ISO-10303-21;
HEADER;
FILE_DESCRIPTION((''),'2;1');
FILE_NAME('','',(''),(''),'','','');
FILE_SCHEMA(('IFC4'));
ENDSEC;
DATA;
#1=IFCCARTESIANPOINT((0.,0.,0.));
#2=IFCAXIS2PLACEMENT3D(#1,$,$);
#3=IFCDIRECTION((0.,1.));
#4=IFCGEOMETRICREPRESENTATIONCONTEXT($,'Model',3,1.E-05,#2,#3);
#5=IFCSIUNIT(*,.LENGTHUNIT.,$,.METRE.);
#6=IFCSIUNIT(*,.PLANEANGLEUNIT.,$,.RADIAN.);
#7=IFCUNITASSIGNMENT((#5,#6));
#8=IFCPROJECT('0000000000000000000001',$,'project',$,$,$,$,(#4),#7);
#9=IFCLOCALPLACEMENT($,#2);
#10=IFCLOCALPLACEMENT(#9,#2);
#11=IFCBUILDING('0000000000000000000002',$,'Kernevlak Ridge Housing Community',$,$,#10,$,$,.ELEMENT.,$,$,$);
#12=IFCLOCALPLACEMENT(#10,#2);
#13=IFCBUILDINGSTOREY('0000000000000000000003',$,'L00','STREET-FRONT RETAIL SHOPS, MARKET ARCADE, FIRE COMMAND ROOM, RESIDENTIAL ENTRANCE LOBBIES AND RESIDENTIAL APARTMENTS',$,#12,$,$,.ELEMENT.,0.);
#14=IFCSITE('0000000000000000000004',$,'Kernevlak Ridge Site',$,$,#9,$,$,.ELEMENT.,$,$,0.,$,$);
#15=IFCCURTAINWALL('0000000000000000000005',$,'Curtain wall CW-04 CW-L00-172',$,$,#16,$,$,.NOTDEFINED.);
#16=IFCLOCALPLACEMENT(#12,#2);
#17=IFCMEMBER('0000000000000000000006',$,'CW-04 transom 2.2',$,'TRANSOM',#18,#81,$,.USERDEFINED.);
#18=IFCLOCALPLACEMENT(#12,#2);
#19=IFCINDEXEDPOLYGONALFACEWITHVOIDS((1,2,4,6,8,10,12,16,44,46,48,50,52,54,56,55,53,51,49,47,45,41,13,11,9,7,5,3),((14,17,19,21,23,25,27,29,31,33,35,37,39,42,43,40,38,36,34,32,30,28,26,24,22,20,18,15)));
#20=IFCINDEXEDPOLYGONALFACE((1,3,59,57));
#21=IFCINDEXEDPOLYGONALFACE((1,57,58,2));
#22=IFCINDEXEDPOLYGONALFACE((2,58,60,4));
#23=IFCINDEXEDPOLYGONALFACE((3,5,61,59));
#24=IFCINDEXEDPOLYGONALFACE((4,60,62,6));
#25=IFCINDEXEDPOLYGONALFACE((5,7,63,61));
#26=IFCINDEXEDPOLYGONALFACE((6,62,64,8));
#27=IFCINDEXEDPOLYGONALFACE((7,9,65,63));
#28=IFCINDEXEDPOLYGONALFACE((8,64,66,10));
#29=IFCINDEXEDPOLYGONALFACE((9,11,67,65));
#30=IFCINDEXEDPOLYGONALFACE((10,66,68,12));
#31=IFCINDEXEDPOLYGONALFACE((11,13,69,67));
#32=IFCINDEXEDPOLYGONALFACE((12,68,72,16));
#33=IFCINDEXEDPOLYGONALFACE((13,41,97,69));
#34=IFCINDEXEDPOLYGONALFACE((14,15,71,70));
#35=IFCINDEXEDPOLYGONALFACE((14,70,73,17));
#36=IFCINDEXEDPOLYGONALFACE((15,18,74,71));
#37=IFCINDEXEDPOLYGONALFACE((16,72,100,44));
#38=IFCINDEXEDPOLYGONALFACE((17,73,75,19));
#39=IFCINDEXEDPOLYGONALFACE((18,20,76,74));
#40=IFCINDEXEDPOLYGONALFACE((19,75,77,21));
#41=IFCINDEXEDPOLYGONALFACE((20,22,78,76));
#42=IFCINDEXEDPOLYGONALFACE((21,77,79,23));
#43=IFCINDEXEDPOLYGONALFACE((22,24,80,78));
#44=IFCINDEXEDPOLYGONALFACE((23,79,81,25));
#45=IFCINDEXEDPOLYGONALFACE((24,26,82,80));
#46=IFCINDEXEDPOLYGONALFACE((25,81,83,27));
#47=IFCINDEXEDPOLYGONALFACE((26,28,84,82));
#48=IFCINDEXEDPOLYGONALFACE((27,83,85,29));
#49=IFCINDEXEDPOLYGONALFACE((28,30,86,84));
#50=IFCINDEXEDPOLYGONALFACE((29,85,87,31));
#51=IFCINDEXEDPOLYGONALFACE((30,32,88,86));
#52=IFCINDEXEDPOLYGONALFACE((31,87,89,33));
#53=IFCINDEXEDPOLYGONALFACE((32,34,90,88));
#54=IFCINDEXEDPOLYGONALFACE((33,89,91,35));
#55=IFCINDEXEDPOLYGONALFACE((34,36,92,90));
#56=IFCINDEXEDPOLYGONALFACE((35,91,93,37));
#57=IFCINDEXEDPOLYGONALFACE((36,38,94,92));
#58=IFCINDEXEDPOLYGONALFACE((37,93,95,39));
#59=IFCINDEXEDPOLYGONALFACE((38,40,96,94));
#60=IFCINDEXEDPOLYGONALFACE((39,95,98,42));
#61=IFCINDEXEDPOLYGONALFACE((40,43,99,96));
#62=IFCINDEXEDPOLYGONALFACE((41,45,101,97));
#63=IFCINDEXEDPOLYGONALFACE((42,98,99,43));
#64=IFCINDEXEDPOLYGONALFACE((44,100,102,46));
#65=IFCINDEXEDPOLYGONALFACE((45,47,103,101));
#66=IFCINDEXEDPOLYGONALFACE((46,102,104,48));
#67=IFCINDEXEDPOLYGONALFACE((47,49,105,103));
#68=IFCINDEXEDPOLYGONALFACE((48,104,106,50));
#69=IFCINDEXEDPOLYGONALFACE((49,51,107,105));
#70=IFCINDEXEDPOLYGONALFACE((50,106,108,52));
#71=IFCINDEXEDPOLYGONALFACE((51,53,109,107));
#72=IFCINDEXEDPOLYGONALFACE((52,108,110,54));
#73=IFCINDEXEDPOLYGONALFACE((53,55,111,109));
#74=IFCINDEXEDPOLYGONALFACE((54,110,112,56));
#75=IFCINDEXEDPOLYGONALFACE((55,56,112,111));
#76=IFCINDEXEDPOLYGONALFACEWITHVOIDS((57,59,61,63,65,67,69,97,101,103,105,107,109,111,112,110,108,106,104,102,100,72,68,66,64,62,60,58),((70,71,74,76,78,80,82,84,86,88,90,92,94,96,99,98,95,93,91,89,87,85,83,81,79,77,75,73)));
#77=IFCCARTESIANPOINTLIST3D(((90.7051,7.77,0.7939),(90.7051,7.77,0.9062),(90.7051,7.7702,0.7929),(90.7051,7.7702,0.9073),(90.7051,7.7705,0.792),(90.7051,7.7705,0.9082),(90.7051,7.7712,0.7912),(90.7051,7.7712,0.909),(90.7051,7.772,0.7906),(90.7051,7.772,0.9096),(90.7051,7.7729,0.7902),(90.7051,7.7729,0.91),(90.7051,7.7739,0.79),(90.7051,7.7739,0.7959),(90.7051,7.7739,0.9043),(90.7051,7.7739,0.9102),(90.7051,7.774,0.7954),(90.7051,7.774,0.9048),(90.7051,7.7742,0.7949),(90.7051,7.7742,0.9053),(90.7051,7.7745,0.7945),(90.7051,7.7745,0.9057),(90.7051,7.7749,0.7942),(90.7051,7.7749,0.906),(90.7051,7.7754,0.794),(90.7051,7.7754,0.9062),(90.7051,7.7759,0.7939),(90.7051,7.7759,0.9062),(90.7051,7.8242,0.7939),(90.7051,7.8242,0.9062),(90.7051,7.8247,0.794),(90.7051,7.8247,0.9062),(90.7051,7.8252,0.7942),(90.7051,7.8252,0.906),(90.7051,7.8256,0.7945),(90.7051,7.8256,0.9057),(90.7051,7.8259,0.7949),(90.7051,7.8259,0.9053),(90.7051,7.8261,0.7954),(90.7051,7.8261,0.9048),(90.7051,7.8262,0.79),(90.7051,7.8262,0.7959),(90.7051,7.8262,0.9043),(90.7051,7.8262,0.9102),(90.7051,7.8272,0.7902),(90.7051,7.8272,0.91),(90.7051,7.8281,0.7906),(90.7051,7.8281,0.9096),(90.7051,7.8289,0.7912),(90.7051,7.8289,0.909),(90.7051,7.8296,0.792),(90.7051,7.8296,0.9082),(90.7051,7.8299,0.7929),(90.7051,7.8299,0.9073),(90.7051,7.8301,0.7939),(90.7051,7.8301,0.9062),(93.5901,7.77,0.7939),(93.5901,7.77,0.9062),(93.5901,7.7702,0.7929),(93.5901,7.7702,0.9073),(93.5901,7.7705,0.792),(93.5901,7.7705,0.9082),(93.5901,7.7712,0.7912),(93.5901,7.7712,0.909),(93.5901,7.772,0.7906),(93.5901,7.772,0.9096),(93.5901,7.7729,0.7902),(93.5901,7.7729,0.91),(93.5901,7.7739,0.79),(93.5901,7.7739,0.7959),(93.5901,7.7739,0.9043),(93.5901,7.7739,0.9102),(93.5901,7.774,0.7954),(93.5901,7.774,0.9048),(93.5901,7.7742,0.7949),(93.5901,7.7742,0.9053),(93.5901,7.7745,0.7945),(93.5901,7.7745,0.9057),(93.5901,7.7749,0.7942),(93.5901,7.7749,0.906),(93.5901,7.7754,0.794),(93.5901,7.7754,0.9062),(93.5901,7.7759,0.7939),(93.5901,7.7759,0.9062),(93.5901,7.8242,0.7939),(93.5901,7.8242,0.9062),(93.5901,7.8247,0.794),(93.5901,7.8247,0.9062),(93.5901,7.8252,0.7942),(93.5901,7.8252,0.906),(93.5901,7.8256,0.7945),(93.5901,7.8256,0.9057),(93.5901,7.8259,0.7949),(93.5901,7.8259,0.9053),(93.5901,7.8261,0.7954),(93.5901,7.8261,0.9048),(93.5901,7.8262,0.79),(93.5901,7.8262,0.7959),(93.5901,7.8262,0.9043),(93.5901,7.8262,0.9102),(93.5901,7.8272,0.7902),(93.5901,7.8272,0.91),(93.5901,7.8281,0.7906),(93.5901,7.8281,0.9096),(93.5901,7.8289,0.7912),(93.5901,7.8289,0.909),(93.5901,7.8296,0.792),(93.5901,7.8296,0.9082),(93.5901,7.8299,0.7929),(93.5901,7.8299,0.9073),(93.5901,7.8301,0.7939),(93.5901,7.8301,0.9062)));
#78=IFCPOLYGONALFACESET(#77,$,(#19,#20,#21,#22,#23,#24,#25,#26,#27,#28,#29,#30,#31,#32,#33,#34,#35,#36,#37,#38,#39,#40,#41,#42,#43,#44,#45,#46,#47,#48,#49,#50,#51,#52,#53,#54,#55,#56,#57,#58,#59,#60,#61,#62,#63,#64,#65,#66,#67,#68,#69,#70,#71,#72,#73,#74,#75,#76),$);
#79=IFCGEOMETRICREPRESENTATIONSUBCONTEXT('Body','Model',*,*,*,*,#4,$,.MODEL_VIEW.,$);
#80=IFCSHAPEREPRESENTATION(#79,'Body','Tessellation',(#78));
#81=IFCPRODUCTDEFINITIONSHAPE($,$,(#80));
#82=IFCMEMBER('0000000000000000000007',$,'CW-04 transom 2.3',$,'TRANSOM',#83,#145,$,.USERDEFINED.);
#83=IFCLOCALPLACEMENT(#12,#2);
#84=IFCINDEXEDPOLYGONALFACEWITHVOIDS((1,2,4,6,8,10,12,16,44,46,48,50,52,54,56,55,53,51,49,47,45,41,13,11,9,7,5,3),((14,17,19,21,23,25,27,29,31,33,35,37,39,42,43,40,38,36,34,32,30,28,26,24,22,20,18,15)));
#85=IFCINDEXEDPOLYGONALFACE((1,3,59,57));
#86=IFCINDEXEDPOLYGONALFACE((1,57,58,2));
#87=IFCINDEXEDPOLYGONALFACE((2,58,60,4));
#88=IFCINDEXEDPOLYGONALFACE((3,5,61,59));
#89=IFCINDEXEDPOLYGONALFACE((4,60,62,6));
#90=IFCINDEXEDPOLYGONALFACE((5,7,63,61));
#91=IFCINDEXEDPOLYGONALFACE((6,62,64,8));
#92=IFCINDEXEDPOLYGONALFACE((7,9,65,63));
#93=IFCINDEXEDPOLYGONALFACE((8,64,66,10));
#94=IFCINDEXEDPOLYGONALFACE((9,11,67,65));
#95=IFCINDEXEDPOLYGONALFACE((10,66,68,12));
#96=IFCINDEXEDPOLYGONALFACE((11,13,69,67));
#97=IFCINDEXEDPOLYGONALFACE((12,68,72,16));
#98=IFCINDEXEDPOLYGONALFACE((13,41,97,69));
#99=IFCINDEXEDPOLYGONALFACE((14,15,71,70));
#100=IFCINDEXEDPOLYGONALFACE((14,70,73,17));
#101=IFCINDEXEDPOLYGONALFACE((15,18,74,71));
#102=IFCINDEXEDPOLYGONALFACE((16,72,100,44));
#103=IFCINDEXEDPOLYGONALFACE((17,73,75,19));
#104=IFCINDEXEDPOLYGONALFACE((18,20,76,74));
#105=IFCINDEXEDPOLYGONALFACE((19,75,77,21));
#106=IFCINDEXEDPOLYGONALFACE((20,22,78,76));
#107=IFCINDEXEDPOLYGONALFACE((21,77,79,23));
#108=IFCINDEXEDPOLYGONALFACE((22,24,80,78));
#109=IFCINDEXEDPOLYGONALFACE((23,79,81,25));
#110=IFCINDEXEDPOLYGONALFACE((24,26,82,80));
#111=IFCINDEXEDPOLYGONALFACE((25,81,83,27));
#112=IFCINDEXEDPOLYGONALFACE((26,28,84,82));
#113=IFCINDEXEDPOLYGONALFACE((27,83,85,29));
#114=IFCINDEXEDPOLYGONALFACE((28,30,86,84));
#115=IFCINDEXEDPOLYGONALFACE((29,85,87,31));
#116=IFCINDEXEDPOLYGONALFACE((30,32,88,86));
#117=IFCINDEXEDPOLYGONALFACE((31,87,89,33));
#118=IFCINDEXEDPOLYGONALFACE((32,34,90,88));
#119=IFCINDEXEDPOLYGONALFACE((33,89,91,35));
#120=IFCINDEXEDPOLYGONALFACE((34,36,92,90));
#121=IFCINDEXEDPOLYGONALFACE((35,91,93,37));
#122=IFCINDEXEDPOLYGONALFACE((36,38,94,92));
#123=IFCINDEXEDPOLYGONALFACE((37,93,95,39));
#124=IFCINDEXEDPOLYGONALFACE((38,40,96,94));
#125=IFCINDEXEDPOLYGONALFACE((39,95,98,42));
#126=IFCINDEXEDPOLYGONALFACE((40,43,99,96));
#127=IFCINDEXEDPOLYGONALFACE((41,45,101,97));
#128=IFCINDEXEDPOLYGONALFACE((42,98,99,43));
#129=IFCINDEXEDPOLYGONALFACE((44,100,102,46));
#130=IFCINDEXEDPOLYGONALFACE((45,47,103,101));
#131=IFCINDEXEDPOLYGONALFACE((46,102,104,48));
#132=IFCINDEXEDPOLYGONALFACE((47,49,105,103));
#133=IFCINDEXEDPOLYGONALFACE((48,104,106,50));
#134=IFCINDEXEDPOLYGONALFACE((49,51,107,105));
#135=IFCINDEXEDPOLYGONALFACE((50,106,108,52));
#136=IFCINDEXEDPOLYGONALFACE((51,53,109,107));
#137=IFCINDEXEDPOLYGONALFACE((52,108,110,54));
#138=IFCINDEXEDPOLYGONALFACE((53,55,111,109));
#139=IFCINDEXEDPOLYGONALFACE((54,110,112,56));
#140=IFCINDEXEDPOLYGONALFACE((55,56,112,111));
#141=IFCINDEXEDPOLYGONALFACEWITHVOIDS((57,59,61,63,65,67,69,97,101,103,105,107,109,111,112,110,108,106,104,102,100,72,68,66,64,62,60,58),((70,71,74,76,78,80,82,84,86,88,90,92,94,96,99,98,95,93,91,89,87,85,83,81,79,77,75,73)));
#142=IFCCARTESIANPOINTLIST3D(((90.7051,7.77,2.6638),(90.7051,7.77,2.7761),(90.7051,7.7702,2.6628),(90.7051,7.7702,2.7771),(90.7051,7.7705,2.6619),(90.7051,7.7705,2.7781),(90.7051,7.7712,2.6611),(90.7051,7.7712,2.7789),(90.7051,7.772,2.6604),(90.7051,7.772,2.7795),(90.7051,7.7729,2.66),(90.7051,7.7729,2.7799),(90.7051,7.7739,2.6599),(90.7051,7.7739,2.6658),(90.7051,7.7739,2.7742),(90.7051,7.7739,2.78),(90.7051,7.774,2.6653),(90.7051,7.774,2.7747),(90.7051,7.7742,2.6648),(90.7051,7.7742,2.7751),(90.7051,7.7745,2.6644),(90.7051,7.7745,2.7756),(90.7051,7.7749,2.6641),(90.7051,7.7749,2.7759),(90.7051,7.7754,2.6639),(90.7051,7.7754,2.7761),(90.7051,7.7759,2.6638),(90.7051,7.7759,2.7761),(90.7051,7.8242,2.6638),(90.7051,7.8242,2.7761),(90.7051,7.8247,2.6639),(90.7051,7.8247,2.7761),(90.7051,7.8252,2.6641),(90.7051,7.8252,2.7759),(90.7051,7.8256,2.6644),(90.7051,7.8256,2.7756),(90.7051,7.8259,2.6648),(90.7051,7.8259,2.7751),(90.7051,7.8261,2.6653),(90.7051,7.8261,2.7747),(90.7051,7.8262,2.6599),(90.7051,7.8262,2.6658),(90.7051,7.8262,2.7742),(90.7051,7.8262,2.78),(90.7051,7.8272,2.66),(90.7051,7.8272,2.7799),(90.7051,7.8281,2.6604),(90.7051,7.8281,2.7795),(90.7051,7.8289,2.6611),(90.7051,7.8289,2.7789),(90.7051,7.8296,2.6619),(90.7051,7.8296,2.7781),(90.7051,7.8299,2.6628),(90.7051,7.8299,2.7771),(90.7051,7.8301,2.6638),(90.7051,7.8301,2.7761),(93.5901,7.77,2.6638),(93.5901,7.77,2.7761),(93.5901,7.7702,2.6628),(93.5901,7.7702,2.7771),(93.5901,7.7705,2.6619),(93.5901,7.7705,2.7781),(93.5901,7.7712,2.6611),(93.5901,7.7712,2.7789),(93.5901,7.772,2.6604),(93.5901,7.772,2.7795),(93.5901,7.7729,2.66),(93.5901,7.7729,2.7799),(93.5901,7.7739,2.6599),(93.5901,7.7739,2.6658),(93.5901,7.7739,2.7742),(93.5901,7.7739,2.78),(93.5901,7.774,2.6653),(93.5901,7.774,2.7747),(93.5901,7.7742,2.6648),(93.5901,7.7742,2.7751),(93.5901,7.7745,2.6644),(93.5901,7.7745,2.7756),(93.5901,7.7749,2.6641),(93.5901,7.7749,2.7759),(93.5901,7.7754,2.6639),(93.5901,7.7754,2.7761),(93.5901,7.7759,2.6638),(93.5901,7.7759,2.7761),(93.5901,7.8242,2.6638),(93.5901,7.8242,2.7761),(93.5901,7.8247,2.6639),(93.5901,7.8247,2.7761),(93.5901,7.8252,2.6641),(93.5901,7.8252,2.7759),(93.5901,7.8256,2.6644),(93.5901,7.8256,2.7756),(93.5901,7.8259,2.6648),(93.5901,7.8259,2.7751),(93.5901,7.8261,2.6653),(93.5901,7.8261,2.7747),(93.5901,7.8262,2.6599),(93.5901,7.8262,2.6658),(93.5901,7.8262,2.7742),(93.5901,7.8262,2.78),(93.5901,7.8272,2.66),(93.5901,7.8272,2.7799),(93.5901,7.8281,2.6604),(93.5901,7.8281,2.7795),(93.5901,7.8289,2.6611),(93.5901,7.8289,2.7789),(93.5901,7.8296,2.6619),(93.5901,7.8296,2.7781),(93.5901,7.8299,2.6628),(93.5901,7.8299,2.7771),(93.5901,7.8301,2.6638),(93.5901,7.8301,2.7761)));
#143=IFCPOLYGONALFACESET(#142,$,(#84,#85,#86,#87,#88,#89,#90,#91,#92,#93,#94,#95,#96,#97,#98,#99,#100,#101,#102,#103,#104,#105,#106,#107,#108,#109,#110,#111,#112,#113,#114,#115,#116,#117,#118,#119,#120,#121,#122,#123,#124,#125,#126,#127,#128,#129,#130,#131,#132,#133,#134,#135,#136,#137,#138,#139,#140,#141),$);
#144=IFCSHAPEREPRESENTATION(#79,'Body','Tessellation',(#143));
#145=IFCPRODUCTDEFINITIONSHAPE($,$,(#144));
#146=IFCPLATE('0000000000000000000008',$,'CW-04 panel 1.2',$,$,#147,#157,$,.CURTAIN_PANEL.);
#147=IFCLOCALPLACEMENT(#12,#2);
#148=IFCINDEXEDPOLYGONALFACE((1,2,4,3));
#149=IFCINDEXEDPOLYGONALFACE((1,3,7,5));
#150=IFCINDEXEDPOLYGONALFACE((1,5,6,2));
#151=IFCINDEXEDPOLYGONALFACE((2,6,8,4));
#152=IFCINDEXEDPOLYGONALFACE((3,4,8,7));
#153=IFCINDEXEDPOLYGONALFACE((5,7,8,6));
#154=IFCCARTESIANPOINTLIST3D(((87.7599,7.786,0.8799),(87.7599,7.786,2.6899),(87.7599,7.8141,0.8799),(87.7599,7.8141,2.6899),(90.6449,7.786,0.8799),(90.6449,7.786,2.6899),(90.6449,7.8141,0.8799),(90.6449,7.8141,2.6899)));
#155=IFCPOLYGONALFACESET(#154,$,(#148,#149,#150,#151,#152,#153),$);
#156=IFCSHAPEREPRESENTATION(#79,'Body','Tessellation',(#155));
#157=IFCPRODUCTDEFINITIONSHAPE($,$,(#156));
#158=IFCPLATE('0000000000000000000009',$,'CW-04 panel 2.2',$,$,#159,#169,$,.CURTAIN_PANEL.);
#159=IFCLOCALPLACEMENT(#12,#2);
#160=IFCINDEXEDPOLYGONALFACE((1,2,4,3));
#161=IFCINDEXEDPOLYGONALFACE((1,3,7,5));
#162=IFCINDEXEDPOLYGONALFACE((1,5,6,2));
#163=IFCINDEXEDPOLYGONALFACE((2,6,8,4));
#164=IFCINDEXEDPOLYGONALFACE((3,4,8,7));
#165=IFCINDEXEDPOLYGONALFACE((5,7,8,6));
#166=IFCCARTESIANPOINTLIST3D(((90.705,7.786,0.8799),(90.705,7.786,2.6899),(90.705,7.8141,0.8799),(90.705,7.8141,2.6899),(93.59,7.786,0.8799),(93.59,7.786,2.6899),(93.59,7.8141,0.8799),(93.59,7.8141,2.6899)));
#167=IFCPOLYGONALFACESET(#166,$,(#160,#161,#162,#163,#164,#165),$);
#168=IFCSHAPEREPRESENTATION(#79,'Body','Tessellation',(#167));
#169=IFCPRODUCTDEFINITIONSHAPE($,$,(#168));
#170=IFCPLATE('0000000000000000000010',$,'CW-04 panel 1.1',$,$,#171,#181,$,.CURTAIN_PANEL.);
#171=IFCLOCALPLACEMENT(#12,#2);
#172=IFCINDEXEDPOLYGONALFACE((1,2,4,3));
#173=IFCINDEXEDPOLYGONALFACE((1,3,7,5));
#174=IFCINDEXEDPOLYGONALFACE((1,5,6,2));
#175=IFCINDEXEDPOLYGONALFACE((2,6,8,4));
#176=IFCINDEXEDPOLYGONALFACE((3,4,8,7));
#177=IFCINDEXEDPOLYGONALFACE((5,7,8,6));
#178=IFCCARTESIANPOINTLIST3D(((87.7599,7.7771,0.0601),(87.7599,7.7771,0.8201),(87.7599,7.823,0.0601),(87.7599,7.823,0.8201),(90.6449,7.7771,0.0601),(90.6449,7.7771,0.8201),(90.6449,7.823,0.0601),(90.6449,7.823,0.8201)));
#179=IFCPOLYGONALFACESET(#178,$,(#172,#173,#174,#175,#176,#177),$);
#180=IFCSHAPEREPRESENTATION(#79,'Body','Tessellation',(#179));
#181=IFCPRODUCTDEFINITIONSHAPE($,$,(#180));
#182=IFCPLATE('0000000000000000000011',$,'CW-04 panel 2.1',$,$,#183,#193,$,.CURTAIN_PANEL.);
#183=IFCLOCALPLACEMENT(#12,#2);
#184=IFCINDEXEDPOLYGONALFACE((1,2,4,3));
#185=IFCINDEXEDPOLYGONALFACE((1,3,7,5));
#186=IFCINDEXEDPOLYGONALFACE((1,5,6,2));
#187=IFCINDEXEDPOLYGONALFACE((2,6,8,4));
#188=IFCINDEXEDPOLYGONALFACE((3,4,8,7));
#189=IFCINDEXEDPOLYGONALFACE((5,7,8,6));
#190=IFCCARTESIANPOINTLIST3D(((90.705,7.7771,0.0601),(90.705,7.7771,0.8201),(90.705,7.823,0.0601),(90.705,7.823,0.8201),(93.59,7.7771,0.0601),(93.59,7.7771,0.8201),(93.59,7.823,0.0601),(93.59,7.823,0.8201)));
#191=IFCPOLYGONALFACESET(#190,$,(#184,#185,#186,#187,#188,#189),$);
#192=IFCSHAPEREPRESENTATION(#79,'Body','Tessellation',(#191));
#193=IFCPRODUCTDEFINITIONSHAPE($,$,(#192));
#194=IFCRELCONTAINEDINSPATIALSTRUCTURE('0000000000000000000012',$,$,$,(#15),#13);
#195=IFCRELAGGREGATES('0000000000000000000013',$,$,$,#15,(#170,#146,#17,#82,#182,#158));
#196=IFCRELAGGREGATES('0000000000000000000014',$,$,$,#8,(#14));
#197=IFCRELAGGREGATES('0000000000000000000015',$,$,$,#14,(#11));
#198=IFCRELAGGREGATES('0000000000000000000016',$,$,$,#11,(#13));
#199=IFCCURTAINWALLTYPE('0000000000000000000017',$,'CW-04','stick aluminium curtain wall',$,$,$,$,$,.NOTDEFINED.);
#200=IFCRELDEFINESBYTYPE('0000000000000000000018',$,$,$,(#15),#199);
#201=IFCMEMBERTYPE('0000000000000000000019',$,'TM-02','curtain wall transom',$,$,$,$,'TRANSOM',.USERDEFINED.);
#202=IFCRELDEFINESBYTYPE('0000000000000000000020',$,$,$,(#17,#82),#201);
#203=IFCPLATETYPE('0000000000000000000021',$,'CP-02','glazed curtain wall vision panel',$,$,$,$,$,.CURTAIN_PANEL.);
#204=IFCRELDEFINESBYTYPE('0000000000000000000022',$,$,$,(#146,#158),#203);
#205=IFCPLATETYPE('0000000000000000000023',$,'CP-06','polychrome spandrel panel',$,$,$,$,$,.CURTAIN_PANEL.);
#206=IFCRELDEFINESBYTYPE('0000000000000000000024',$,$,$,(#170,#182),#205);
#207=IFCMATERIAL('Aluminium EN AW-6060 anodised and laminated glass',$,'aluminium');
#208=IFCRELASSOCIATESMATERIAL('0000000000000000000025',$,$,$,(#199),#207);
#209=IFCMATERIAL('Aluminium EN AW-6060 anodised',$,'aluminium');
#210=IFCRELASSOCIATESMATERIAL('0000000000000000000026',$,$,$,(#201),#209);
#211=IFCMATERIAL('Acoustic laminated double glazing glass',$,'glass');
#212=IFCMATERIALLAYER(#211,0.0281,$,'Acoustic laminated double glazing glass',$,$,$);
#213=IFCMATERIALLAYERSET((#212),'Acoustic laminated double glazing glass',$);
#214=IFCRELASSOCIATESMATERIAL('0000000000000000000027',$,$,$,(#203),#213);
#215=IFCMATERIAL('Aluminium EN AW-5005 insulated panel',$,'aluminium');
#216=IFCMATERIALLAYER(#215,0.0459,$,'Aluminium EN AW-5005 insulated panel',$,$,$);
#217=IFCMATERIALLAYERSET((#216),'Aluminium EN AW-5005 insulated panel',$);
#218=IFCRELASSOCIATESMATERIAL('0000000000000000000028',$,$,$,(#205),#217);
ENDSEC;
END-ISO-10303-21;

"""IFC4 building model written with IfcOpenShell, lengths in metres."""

from ifc_helpers import new_model, si_unit, direction, frame, origin, origin_2d, place, context, subcontext, project, spatial, rectangle, hollow_rectangle, extrude, material, layer, layer_set, material_profile, profile_set, type_object, element, aggregate, save


model = new_model("IFC4")

# Units and contexts
model_context = context("Model", 3, precision=1e-05, world=origin(), true_north=direction((0.0, 1.0)))
body_context = subcontext(model_context, "Body", "Model", "MODEL_VIEW")
ifc_project = project(units=[si_unit("LENGTHUNIT", "METRE"), si_unit("PLANEANGLEUNIT", "RADIAN")], contexts=[model_context])

# Site, building, storey
site_placement = place(None, origin())
site = spatial("IfcSite", under=ifc_project, at=site_placement, Name="Kernevlak Ridge Site", CompositionType="ELEMENT", RefElevation=0.0)
building_placement = place(site_placement, origin())
building = spatial("IfcBuilding", under=site, at=building_placement, Name="Kernevlak Ridge Housing Community", CompositionType="ELEMENT")
storey_placement = place(building_placement, origin())
storey = spatial("IfcBuildingStorey", under=building, at=storey_placement, Name="L00", Description="STREET-FRONT RETAIL SHOPS, MARKET ARCADE, FIRE COMMAND ROOM, RESIDENTIAL ENTRANCE LOBBIES AND RESIDENTIAL APARTMENTS", CompositionType="ELEMENT", Elevation=0.0)

# Curtain wall
ifc_material_1 = material(Name="Aluminium EN AW-6060 anodised and laminated glass", Category="aluminium")
curtain_wall_type = type_object("IfcCurtainWallType", Name="CW-04", Description="stick aluminium curtain wall", PredefinedType="NOTDEFINED", material=ifc_material_1)
curtain_wall_placement = place(storey_placement, origin())
curtain_wall = element("IfcCurtainWall", 1, at=curtain_wall_placement, inside=storey, type_object=curtain_wall_type, Name="Curtain wall CW-04 CW-L00-172", PredefinedType="NOTDEFINED")
ifc_material_2 = material(Name="Aluminium EN AW-6060 anodised", Category="aluminium")

# Members
ifc_material_profile_1 = material_profile(ifc_material_2, hollow_rectangle(XDim=0.0601, YDim=0.1201, WallThickness=0.0039, InnerFilletRadius=0.002, OuterFilletRadius=0.0039, at=origin_2d()), Name="ALU 60x120x4")
ifc_profile_set_1 = profile_set([ifc_material_profile_1], Name="Aluminium EN AW-6060 anodised")
member_type_1 = type_object("IfcMemberType", Name="TM-02", Description="curtain wall transom", ElementType="TRANSOM", PredefinedType="USERDEFINED", material=ifc_profile_set_1)
member_1_placement = place(storey_placement, frame((90.7051, 7.8, 0.8501), z_axis=(1.0, 0.0, 0.0), x_axis=(0.0, 1.0, 0.0)))
member_1 = element("IfcMember", 2, at=member_1_placement, type_object=member_type_1, Name="CW-04 transom 2.2", ObjectType="TRANSOM", PredefinedType="USERDEFINED", context=body_context, shape_type="SweptSolid", body=[
    extrude(hollow_rectangle(XDim=0.0601, YDim=0.1201, WallThickness=0.0039, InnerFilletRadius=0.002, OuterFilletRadius=0.0039, at=origin_2d()), origin(), (0.0, 0.0, 1.0), 2.885),
])
member_2_placement = place(storey_placement, frame((90.7051, 7.8, 2.72), z_axis=(1.0, 0.0, 0.0), x_axis=(0.0, 1.0, 0.0)))
member_2 = element("IfcMember", 3, at=member_2_placement, type_object=member_type_1, Name="CW-04 transom 2.3", ObjectType="TRANSOM", PredefinedType="USERDEFINED", context=body_context, shape_type="SweptSolid", body=[
    extrude(hollow_rectangle(XDim=0.0601, YDim=0.1201, WallThickness=0.0039, InnerFilletRadius=0.002, OuterFilletRadius=0.0039, at=origin_2d()), origin(), (0.0, 0.0, 1.0), 2.885),
])

# Plates
ifc_material_3 = material(Name="Acoustic laminated double glazing glass", Category="glass")
ifc_layer_1 = layer(ifc_material_3, 0.0281, Name="Acoustic laminated double glazing glass")
ifc_layer_set_1 = layer_set([ifc_layer_1], Name="Acoustic laminated double glazing glass")
plate_type_1 = type_object("IfcPlateType", Name="CP-02", Description="glazed curtain wall vision panel", PredefinedType="CURTAIN_PANEL", material=ifc_layer_set_1)
plate_1_placement = place(storey_placement, frame((89.2024, 7.8, 0.8799), z_axis=(0.0, 0.0, 1.0), x_axis=(1.0, 0.0, 0.0)))
plate_1 = element("IfcPlate", 4, at=plate_1_placement, type_object=plate_type_1, Name="CW-04 panel 1.2", PredefinedType="CURTAIN_PANEL", context=body_context, shape_type="SweptSolid", body=[
    extrude(rectangle(XDim=2.885, YDim=0.0281, at=origin_2d()), origin(), (0.0, 0.0, 1.0), 1.8101),
])
plate_2_placement = place(storey_placement, frame((92.1475, 7.8, 0.8799), z_axis=(0.0, 0.0, 1.0), x_axis=(1.0, 0.0, 0.0)))
plate_2 = element("IfcPlate", 5, at=plate_2_placement, type_object=plate_type_1, Name="CW-04 panel 2.2", PredefinedType="CURTAIN_PANEL", context=body_context, shape_type="SweptSolid", body=[
    extrude(rectangle(XDim=2.885, YDim=0.0281, at=origin_2d()), origin(), (0.0, 0.0, 1.0), 1.8101),
])
ifc_material_4 = material(Name="Aluminium EN AW-5005 insulated panel", Category="aluminium")
ifc_layer_2 = layer(ifc_material_4, 0.0459, Name="Aluminium EN AW-5005 insulated panel")
ifc_layer_set_2 = layer_set([ifc_layer_2], Name="Aluminium EN AW-5005 insulated panel")
plate_type_2 = type_object("IfcPlateType", Name="CP-06", Description="polychrome spandrel panel", PredefinedType="CURTAIN_PANEL", material=ifc_layer_set_2)
plate_3_placement = place(storey_placement, frame((89.2024, 7.8, 0.0601), z_axis=(0.0, 0.0, 1.0), x_axis=(1.0, 0.0, 0.0)))
plate_3 = element("IfcPlate", 6, at=plate_3_placement, type_object=plate_type_2, Name="CW-04 panel 1.1", PredefinedType="CURTAIN_PANEL", context=body_context, shape_type="SweptSolid", body=[
    extrude(rectangle(XDim=2.885, YDim=0.0459, at=origin_2d()), origin(), (0.0, 0.0, 1.0), 0.76),
])
plate_4_placement = place(storey_placement, frame((92.1475, 7.8, 0.0601), z_axis=(0.0, 0.0, 1.0), x_axis=(1.0, 0.0, 0.0)))
plate_4 = element("IfcPlate", 7, at=plate_4_placement, type_object=plate_type_2, Name="CW-04 panel 2.1", PredefinedType="CURTAIN_PANEL", context=body_context, shape_type="SweptSolid", body=[
    extrude(rectangle(XDim=2.885, YDim=0.0459, at=origin_2d()), origin(), (0.0, 0.0, 1.0), 0.76),
])
aggregate(curtain_wall, [plate_3, plate_1, member_1, member_2, plate_4, plate_2])

save(model, "model.ifc")
